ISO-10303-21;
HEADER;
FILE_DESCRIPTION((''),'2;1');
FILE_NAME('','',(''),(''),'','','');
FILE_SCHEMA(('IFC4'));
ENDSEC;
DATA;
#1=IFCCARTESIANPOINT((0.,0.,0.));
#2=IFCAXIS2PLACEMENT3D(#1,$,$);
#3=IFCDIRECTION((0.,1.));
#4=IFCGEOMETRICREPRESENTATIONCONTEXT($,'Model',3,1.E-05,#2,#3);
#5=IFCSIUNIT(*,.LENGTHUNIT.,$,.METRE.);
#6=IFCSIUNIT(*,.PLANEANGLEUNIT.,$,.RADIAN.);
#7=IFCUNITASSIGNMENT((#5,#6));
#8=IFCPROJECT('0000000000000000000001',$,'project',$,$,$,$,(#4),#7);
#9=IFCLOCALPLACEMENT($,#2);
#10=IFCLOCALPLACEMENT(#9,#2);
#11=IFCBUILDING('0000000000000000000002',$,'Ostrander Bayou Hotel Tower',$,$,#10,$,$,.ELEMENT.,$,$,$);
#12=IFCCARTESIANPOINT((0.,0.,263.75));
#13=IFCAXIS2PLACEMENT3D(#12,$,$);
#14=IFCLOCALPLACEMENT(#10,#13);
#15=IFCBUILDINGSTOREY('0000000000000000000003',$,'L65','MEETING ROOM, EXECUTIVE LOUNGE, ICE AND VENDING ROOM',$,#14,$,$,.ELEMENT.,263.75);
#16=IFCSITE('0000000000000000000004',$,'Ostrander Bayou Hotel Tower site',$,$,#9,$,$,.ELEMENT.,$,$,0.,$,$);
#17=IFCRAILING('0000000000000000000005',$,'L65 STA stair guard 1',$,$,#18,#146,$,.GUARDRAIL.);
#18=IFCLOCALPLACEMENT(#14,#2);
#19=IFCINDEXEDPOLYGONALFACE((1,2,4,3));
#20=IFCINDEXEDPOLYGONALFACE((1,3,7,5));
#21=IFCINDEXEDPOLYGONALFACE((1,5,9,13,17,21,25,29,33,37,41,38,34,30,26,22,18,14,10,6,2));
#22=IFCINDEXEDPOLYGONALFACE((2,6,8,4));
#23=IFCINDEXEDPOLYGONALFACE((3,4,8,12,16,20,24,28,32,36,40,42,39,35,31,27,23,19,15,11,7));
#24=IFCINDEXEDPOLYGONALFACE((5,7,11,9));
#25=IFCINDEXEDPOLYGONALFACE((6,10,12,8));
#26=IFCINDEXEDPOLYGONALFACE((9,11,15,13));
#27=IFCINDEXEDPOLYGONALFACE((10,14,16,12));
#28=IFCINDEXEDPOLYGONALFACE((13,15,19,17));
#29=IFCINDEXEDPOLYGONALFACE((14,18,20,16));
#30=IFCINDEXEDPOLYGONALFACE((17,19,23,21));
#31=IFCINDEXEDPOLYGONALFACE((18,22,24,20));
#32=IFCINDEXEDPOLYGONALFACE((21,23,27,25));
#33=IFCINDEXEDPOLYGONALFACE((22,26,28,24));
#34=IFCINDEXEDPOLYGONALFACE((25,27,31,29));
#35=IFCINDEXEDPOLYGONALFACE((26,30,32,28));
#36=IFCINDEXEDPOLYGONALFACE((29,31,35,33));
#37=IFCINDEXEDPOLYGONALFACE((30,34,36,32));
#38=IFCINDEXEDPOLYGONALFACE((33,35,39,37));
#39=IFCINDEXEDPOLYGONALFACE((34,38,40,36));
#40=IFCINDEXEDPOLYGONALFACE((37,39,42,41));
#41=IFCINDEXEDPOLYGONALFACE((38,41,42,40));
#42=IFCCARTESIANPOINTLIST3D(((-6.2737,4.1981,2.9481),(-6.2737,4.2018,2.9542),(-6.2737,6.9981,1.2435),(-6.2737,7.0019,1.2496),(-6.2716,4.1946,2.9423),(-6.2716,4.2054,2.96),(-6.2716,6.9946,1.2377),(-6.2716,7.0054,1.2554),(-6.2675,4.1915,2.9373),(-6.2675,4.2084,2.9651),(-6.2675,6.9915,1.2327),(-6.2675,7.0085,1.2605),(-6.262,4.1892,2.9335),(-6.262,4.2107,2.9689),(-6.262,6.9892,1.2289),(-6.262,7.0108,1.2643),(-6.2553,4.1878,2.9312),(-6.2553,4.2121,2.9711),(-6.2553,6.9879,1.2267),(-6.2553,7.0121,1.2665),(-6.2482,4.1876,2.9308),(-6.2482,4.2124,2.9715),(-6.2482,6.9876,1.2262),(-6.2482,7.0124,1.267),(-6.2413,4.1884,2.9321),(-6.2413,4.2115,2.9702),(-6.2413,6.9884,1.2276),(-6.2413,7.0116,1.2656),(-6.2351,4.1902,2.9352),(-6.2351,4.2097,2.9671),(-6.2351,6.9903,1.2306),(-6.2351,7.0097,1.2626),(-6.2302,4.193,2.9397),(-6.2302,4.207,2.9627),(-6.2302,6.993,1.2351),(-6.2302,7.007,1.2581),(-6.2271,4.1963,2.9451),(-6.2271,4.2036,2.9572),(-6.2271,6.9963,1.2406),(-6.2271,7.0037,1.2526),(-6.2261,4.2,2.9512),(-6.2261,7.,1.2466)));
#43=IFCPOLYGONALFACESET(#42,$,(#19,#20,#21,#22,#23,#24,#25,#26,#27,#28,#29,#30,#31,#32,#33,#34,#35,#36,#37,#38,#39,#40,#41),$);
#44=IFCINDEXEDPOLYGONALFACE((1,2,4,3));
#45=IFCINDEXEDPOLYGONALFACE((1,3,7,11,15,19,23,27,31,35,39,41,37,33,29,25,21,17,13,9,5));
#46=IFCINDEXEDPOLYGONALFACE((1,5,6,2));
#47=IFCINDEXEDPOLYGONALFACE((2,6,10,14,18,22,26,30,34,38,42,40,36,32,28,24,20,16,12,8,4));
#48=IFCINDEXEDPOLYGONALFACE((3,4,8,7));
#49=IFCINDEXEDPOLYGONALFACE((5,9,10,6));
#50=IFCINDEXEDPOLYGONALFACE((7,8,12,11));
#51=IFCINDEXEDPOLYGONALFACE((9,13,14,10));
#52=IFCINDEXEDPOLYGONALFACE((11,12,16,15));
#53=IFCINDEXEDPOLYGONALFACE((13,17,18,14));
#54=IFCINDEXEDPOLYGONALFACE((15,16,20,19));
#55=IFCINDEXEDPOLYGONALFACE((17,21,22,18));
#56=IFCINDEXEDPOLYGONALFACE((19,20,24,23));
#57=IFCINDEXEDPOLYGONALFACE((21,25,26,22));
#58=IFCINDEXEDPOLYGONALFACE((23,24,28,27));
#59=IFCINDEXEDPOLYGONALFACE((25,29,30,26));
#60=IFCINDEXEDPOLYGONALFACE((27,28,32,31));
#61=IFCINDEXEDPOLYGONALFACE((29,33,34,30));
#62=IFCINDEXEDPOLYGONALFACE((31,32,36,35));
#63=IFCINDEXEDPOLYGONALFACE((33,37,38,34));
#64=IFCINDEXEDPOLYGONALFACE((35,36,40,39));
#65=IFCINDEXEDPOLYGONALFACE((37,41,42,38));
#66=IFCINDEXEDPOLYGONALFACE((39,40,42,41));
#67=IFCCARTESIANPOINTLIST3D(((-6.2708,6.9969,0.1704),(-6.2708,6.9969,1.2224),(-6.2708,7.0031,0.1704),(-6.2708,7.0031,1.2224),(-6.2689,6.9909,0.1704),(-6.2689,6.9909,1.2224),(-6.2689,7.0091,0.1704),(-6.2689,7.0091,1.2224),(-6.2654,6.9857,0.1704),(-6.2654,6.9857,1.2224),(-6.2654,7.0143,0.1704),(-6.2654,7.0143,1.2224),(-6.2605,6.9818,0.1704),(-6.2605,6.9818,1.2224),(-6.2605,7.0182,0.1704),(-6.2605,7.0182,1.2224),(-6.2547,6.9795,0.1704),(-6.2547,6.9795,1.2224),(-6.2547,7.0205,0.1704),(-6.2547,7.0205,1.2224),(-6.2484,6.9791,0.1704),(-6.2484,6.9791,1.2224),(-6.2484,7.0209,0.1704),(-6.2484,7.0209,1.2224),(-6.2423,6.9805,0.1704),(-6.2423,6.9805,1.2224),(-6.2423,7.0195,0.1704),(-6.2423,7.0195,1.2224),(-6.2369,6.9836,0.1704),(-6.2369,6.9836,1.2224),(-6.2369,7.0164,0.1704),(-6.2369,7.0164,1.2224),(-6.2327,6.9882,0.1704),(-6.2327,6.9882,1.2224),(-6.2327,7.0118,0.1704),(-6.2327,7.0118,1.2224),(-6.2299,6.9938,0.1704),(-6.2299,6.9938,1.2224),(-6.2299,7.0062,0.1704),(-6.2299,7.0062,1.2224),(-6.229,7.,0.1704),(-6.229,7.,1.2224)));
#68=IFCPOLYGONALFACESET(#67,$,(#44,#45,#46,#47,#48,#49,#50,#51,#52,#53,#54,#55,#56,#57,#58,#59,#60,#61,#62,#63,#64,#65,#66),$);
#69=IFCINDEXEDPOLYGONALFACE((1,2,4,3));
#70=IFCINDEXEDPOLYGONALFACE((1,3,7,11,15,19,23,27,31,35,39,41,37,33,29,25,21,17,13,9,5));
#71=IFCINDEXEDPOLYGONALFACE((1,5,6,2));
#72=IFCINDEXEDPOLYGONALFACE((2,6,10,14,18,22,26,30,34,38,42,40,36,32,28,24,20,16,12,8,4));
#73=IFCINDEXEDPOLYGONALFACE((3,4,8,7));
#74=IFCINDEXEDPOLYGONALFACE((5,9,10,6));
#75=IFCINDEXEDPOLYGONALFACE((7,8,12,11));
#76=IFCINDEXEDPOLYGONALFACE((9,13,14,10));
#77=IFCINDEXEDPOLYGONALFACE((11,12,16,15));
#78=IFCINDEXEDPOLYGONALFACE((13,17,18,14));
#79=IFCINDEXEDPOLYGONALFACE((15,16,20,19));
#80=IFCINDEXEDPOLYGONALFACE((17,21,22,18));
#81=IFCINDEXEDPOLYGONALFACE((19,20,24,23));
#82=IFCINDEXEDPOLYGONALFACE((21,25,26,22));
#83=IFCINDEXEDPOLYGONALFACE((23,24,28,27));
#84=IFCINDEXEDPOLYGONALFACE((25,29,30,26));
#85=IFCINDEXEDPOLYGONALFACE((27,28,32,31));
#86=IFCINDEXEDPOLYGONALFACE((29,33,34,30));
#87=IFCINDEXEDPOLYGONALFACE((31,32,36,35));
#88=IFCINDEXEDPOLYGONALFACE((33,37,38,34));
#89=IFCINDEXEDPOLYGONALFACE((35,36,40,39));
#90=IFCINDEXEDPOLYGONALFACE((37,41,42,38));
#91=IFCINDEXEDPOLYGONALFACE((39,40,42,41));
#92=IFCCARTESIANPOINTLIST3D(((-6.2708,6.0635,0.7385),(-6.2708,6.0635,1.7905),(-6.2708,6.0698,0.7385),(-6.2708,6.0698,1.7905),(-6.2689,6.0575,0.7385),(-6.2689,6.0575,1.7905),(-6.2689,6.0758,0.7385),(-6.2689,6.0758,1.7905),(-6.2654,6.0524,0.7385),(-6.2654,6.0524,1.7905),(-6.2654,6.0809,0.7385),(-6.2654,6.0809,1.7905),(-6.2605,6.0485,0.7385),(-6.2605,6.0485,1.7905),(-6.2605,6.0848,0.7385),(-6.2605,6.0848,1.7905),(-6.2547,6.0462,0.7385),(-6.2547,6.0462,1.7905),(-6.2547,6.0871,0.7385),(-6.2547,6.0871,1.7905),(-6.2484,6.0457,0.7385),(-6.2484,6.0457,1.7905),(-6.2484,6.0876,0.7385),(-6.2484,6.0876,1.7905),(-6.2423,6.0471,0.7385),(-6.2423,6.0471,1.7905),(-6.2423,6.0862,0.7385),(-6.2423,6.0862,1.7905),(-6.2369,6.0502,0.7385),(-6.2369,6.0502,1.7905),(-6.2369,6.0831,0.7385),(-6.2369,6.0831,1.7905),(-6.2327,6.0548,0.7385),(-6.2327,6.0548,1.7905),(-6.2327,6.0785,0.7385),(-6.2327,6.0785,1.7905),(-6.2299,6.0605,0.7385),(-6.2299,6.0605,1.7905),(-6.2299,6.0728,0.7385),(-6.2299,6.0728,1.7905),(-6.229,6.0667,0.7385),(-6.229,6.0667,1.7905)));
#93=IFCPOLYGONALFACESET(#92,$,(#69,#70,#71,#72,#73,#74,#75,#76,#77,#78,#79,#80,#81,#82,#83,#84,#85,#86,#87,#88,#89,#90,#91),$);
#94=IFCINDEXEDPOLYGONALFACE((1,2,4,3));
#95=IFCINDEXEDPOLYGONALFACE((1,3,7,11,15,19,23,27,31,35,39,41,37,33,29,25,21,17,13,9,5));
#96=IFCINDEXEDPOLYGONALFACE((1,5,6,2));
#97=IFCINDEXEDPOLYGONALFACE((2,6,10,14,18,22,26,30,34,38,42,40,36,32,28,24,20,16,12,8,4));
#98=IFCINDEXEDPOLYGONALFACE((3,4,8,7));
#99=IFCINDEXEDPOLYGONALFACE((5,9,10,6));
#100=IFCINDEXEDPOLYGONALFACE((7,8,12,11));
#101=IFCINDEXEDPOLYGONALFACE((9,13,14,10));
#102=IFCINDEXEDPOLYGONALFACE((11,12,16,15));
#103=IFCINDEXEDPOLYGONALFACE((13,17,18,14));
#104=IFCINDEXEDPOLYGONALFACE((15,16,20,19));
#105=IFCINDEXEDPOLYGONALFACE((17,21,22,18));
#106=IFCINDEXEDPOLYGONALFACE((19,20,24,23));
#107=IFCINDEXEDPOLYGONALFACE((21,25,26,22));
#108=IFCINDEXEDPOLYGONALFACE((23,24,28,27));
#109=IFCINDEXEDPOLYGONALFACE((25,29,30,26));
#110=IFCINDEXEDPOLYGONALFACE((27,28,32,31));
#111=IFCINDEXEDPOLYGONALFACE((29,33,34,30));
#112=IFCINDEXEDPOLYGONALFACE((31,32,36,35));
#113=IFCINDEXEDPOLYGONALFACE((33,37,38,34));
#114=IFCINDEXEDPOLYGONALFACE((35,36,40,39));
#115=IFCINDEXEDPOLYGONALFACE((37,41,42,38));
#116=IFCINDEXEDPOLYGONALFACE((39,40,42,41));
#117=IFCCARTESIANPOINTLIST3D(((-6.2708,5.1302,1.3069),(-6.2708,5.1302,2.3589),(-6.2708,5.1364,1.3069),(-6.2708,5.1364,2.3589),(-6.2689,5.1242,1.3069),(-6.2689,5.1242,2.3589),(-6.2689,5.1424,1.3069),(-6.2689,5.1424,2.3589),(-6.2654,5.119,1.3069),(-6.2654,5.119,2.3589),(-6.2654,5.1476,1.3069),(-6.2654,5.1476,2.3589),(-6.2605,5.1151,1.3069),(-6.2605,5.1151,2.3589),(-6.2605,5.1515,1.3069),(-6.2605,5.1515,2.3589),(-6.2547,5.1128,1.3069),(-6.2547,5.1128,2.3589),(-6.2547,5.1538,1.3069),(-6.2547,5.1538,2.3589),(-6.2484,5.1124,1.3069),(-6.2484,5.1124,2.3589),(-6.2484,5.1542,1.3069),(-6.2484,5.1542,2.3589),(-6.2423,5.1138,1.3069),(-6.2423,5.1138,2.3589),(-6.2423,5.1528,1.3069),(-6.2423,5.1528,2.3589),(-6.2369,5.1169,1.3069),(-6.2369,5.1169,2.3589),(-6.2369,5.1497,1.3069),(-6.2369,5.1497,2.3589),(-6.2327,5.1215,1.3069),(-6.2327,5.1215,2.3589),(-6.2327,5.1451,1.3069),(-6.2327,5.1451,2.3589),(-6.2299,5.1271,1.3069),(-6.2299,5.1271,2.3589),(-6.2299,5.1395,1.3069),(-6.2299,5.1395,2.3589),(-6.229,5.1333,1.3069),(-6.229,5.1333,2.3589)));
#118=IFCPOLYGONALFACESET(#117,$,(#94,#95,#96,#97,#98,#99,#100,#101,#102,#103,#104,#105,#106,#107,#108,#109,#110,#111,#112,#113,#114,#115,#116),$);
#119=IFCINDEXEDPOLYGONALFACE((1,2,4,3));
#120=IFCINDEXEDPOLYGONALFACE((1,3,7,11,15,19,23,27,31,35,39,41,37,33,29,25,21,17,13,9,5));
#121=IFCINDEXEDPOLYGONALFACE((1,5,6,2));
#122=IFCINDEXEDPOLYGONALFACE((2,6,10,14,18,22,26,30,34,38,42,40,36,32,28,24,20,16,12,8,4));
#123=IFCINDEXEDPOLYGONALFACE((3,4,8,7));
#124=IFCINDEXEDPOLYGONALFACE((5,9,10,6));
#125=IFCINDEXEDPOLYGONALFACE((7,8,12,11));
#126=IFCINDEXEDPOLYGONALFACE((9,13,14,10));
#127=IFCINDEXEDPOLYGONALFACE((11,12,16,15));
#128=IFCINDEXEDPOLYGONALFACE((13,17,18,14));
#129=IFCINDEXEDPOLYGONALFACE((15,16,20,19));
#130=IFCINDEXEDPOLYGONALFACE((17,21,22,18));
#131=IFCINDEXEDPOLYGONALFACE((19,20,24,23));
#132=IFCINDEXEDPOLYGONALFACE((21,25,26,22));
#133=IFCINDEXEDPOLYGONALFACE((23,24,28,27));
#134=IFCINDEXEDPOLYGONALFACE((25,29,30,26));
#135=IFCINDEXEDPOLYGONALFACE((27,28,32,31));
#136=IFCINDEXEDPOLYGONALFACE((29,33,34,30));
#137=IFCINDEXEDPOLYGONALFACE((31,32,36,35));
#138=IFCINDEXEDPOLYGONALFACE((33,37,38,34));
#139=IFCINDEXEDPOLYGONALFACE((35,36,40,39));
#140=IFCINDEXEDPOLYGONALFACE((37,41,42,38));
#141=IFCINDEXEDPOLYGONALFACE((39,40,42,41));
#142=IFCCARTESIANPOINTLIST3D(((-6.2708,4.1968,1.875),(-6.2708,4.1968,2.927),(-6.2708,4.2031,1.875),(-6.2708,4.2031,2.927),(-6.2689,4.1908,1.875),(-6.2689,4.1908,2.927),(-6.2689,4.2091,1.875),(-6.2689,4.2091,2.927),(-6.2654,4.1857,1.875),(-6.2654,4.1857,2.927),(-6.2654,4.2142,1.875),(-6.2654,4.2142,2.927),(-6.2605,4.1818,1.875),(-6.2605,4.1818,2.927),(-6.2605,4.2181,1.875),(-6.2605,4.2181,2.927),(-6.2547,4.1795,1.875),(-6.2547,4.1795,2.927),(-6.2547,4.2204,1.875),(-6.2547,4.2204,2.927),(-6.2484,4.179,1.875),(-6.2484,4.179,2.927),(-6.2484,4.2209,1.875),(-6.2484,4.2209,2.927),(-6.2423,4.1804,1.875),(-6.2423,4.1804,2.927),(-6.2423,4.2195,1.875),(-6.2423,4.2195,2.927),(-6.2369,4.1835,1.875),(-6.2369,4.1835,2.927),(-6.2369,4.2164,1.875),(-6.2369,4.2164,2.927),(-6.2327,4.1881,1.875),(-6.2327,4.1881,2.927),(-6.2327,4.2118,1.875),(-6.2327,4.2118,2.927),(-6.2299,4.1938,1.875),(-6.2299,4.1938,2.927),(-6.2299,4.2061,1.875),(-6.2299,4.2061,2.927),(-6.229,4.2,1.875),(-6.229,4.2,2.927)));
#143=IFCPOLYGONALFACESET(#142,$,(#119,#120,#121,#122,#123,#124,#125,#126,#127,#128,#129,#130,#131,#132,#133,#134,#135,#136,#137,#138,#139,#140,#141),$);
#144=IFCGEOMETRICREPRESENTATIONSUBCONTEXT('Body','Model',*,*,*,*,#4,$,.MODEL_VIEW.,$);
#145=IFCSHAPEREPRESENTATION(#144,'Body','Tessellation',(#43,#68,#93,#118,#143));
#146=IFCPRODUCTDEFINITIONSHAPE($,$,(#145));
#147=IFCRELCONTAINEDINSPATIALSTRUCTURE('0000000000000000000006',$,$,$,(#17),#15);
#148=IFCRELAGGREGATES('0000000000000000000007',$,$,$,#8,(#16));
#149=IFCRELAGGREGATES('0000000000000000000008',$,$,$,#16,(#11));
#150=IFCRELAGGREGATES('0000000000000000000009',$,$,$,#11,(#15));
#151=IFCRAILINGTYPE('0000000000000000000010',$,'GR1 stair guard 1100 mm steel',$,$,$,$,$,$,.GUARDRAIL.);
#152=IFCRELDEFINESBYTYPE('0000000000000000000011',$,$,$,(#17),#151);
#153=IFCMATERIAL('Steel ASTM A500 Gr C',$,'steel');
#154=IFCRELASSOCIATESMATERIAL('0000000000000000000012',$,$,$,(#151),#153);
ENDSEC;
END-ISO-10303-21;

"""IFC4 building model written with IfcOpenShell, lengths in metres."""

from ifc_helpers import new_model, si_unit, direction, frame, origin, origin_2d, place, context, subcontext, project, spatial, circle, extrude, material, type_object, element, save


model = new_model("IFC4")

# Units and contexts
model_context = context("Model", 3, precision=1e-05, world=origin(), true_north=direction((0.0, 1.0)))
body_context = subcontext(model_context, "Body", "Model", "MODEL_VIEW")
ifc_project = project(units=[si_unit("LENGTHUNIT", "METRE"), si_unit("PLANEANGLEUNIT", "RADIAN")], contexts=[model_context])

# Site, building, storey
site_placement = place(None, origin())
site = spatial("IfcSite", under=ifc_project, at=site_placement, Name="Ostrander Bayou Hotel Tower site", CompositionType="ELEMENT", RefElevation=0.0)
building_placement = place(site_placement, origin())
building = spatial("IfcBuilding", under=site, at=building_placement, Name="Ostrander Bayou Hotel Tower", CompositionType="ELEMENT")
storey_placement = place(building_placement, frame((0.0, 0.0, 263.75)))
storey = spatial("IfcBuildingStorey", under=building, at=storey_placement, Name="L65", Description="MEETING ROOM, EXECUTIVE LOUNGE, ICE AND VENDING ROOM", CompositionType="ELEMENT", Elevation=263.75)

# Railing
ifc_material_1 = material(Name="Steel ASTM A500 Gr C", Category="steel")
railing_type = type_object("IfcRailingType", Name="GR1 stair guard 1100 mm steel", PredefinedType="GUARDRAIL", material=ifc_material_1)
railing_1_placement = place(storey_placement, frame((-6.25, 7.0, 0.1704)))
element("IfcRailing", 1, at=railing_1_placement, inside=storey, type_object=railing_type, Name="L65 STA stair guard 1", PredefinedType="GUARDRAIL", context=body_context, shape_type="SweptSolid", body=[
    extrude(circle(Radius=0.0239, at=origin_2d()), frame((0.0, 0.0, 1.0762), z_axis=(0.0, -0.85417, 0.519994), x_axis=(1.0, 0.0, 0.0)), (0.0, 0.0, 1.0), 3.2781),
    extrude(circle(Radius=0.021, at=origin_2d()), origin(), (0.0, 0.0, 1.0), 1.052),
    extrude(circle(Radius=0.021, at=origin_2d()), frame((0.0, -0.9333, 0.5681)), (0.0, 0.0, 1.0), 1.052),
    extrude(circle(Radius=0.021, at=origin_2d()), frame((0.0, -1.8667, 1.1365)), (0.0, 0.0, 1.0), 1.052),
    extrude(circle(Radius=0.021, at=origin_2d()), frame((0.0, -2.8, 1.7046)), (0.0, 0.0, 1.0), 1.052),
])

save(model, "model.ifc")
